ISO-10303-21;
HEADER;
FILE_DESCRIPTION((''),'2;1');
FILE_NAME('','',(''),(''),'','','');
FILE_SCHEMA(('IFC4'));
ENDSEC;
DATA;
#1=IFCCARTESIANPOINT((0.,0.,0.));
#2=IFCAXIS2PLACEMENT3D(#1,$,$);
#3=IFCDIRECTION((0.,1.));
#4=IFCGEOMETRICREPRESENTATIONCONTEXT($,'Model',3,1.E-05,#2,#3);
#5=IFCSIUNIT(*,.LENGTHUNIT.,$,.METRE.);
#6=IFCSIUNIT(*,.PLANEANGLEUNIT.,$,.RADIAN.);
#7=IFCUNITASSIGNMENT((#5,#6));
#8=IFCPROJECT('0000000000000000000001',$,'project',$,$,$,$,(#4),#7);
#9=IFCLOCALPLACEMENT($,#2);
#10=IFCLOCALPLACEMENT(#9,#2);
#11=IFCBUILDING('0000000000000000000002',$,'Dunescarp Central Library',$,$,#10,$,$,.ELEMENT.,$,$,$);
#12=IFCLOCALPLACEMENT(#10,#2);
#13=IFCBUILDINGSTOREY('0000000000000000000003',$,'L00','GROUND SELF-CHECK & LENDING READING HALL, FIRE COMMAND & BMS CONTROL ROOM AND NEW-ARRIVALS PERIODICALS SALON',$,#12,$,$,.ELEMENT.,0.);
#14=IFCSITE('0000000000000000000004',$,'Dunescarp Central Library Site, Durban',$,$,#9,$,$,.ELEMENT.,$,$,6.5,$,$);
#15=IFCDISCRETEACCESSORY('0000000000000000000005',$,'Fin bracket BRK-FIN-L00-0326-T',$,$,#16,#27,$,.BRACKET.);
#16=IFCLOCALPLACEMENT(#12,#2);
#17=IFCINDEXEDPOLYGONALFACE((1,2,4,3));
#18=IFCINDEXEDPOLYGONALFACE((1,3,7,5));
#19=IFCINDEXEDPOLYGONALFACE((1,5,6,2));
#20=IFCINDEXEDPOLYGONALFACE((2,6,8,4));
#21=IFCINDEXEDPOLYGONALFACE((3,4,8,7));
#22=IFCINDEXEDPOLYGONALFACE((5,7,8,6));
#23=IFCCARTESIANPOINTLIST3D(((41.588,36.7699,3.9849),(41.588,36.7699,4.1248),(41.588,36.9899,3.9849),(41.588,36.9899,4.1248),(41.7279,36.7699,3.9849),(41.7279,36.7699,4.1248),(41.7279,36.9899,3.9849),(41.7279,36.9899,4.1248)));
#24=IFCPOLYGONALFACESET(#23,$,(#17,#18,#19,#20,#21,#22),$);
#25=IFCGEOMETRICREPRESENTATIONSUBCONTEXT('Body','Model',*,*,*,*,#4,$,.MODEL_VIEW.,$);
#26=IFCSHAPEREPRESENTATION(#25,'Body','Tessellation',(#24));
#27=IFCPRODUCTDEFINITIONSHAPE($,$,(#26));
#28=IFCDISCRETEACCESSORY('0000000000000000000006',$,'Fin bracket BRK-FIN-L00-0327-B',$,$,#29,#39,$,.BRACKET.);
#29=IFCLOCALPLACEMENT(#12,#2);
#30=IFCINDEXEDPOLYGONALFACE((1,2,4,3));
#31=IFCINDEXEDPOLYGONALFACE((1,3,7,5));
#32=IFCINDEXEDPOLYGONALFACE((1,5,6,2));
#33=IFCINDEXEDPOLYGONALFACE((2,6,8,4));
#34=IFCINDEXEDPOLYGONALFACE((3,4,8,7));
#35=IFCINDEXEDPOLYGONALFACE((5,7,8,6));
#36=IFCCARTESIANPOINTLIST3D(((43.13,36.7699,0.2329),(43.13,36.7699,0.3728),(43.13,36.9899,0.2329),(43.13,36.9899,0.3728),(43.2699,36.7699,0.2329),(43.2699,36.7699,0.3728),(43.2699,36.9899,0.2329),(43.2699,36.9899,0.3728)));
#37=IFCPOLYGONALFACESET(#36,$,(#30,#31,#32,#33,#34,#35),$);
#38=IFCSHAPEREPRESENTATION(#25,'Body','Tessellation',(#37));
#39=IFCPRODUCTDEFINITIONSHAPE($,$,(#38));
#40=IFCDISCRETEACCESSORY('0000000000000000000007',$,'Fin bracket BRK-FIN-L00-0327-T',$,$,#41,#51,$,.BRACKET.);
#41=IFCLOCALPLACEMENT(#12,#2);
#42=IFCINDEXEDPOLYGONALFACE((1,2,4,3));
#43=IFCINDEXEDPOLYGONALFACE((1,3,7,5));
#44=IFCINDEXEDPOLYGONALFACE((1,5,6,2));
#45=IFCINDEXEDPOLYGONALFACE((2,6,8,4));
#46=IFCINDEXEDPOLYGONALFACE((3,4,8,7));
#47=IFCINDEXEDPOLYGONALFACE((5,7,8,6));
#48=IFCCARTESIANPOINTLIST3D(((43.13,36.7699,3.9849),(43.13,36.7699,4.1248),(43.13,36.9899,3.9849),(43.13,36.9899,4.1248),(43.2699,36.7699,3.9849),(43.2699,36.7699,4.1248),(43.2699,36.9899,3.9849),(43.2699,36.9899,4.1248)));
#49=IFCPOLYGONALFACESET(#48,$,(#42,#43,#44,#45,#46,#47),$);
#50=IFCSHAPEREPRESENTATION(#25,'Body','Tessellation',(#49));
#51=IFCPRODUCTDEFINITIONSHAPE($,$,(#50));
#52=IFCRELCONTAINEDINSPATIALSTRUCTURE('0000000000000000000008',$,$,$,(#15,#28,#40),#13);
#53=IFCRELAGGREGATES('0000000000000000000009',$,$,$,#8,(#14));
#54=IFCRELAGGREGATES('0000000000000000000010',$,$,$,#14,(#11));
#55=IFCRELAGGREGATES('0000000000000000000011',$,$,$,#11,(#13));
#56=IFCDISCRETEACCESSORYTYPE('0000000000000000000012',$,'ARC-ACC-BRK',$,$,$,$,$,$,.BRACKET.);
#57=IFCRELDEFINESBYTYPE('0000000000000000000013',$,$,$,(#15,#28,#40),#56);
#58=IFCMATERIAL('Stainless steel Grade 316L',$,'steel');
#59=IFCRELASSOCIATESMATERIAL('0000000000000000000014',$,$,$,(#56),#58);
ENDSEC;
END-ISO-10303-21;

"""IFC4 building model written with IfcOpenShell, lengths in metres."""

from ifc_helpers import new_model, si_unit, direction, frame, origin, origin_2d, place, context, subcontext, project, spatial, rectangle, extrude, material, type_object, element, save


model = new_model("IFC4")

# Units and contexts
model_context = context("Model", 3, precision=1e-05, world=origin(), true_north=direction((0.0, 1.0)))
body_context = subcontext(model_context, "Body", "Model", "MODEL_VIEW")
ifc_project = project(units=[si_unit("LENGTHUNIT", "METRE"), si_unit("PLANEANGLEUNIT", "RADIAN")], contexts=[model_context])

# Site, building, storey
site_placement = place(None, origin())
site = spatial("IfcSite", under=ifc_project, at=site_placement, Name="Dunescarp Central Library Site, Durban", CompositionType="ELEMENT", RefElevation=6.5)
building_placement = place(site_placement, origin())
building = spatial("IfcBuilding", under=site, at=building_placement, Name="Dunescarp Central Library", CompositionType="ELEMENT")
storey_placement = place(building_placement, origin())
storey = spatial("IfcBuildingStorey", under=building, at=storey_placement, Name="L00", Description="GROUND SELF-CHECK & LENDING READING HALL, FIRE COMMAND & BMS CONTROL ROOM AND NEW-ARRIVALS PERIODICALS SALON", CompositionType="ELEMENT", Elevation=0.0)

# Discrete accessories
ifc_material_1 = material(Name="Stainless steel Grade 316L", Category="steel")
discrete_accessory_type = type_object("IfcDiscreteAccessoryType", Name="ARC-ACC-BRK", PredefinedType="BRACKET", material=ifc_material_1)
for number, where, z_axis, x_axis, name in (
    (1, (41.658, 36.8799, 3.9849), (0.0, 0.0, 1.0), (0.0, 1.0, 0.0), "Fin bracket BRK-FIN-L00-0326-T"),
    (2, (43.2, 36.8799, 0.2329), (0.0, 0.0, 1.0), (0.0, 1.0, 0.0), "Fin bracket BRK-FIN-L00-0327-B"),
    (3, (43.2, 36.8799, 3.9849), (0.0, 0.0, 1.0), (0.0, 1.0, 0.0), "Fin bracket BRK-FIN-L00-0327-T"),
):
    element("IfcDiscreteAccessory", number, at=place(storey_placement, frame(where, z_axis=z_axis, x_axis=x_axis)), inside=storey, type_object=discrete_accessory_type, Name=name, PredefinedType="BRACKET", context=body_context, shape_type="SweptSolid", body=[
        extrude(rectangle(XDim=0.22, YDim=0.1399, at=origin_2d()), origin(), (0.0, 0.0, 1.0), 0.1399),
    ])

save(model, "model.ifc")
